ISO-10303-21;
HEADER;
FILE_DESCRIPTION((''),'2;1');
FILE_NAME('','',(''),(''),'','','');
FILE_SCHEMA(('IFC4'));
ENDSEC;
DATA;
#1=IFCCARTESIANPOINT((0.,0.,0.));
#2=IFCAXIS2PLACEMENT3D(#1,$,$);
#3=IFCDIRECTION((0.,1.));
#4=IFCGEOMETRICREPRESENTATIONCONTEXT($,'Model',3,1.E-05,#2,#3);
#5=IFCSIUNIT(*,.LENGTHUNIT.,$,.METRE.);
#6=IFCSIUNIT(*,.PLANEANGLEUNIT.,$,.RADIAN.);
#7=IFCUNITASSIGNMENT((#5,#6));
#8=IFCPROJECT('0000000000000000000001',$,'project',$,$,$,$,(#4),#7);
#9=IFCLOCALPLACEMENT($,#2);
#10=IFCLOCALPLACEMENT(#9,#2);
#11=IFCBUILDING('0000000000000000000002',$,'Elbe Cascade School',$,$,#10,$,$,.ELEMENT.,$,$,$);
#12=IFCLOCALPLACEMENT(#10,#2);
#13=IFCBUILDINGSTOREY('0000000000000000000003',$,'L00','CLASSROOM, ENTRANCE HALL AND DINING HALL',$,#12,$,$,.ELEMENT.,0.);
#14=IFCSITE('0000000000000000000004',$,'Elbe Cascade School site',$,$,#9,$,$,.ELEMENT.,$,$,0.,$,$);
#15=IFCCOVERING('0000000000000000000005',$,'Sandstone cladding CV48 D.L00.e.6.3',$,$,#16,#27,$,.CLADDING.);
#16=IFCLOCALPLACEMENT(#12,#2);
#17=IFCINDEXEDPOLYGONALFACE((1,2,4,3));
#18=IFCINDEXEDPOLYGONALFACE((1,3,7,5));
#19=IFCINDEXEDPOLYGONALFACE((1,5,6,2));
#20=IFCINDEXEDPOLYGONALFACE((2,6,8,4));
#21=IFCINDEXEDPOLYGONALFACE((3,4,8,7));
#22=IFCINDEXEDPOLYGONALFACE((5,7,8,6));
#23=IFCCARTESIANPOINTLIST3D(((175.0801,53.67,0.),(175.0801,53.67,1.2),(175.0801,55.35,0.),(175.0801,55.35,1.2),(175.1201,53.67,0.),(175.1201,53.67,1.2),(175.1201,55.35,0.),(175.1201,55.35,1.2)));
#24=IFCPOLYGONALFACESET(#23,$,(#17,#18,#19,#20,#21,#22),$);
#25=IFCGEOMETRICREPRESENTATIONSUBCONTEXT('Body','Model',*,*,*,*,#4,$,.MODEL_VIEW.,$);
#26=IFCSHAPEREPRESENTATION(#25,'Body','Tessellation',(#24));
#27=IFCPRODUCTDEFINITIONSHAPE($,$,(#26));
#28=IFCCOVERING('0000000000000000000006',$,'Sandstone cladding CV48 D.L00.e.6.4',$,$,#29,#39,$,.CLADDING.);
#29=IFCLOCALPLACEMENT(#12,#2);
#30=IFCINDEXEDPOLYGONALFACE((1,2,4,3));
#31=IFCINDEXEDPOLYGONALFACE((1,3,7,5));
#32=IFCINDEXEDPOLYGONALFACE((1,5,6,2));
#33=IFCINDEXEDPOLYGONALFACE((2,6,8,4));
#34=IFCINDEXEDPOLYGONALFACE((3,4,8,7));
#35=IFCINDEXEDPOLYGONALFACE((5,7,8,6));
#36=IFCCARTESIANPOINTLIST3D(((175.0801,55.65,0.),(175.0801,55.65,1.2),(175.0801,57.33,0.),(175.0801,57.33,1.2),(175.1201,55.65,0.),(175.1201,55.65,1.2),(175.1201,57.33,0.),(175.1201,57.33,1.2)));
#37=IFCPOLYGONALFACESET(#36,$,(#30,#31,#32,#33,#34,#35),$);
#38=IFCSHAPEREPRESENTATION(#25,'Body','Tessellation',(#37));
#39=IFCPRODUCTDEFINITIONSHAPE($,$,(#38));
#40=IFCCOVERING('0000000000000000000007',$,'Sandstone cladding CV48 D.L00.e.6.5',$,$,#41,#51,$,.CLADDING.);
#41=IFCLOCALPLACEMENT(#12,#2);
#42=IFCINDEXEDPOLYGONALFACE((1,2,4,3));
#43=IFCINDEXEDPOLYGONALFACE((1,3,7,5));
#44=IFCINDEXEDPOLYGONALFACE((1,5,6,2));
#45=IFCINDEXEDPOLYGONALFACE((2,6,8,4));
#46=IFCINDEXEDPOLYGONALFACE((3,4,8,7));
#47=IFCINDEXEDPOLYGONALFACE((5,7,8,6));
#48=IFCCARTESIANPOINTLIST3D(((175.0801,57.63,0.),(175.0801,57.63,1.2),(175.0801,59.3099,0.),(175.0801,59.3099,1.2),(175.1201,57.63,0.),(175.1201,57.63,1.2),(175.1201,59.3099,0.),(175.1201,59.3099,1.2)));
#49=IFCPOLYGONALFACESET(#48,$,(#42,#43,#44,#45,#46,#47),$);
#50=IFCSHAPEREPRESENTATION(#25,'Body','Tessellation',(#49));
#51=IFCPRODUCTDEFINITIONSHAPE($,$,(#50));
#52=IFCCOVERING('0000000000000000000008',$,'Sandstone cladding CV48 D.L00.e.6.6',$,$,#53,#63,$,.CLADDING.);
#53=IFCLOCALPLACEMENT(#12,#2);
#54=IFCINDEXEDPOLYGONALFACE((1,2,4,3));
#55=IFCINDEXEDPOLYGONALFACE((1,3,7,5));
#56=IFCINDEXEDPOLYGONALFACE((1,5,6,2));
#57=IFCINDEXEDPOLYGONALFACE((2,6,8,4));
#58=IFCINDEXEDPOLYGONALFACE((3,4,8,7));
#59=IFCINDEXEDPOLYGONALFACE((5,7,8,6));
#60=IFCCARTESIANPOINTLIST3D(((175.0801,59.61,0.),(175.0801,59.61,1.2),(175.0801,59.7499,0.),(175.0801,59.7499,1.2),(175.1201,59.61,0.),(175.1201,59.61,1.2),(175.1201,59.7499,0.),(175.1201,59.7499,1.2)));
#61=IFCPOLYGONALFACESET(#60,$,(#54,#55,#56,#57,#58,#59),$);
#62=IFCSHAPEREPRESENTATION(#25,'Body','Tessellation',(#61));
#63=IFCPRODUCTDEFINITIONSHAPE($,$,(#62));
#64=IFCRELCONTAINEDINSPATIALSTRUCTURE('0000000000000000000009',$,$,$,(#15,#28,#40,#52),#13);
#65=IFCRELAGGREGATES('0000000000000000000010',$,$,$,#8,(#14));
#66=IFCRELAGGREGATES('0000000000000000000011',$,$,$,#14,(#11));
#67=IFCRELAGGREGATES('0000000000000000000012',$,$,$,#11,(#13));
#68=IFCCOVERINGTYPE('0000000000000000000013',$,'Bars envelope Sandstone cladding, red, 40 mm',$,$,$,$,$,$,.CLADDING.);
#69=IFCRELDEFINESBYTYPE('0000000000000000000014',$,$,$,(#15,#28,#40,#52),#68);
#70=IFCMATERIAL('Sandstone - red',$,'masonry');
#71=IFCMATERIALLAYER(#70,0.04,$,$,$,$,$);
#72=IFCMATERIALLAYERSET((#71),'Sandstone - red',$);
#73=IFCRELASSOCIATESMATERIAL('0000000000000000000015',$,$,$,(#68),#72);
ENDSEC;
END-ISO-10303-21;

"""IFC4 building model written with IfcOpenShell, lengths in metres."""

from ifc_helpers import new_model, si_unit, direction, frame, origin, origin_2d, place, context, subcontext, project, spatial, rectangle, extrude, material, layer, layer_set, type_object, element, save


model = new_model("IFC4")

# Units and contexts
model_context = context("Model", 3, precision=1e-05, world=origin(), true_north=direction((0.0, 1.0)))
body_context = subcontext(model_context, "Body", "Model", "MODEL_VIEW")
ifc_project = project(units=[si_unit("LENGTHUNIT", "METRE"), si_unit("PLANEANGLEUNIT", "RADIAN")], contexts=[model_context])

# Site, building, storey
site_placement = place(None, origin())
site = spatial("IfcSite", under=ifc_project, at=site_placement, Name="Elbe Cascade School site", CompositionType="ELEMENT", RefElevation=0.0)
building_placement = place(site_placement, origin())
building = spatial("IfcBuilding", under=site, at=building_placement, Name="Elbe Cascade School", CompositionType="ELEMENT")
storey_placement = place(building_placement, origin())
storey = spatial("IfcBuildingStorey", under=building, at=storey_placement, Name="L00", Description="CLASSROOM, ENTRANCE HALL AND DINING HALL", CompositionType="ELEMENT", Elevation=0.0)

# Coverings
ifc_material_1 = material(Name="Sandstone - red", Category="masonry")
ifc_layer_1 = layer(ifc_material_1, 0.04)
ifc_layer_set_1 = layer_set([ifc_layer_1], Name="Sandstone - red")
covering_type_1 = type_object("IfcCoveringType", Name="Bars envelope Sandstone cladding, red, 40 mm", PredefinedType="CLADDING", material=ifc_layer_set_1)
for number, where, z_axis, x_axis, name in (
    (1, (175.1001, 54.51, 0.0), (0.0, 0.0, 1.0), (0.0, 1.0, 0.0), "Sandstone cladding CV48 D.L00.e.6.3"),
    (2, (175.1001, 56.49, 0.0), (0.0, 0.0, 1.0), (0.0, 1.0, 0.0), "Sandstone cladding CV48 D.L00.e.6.4"),
    (3, (175.1001, 58.47, 0.0), (0.0, 0.0, 1.0), (0.0, 1.0, 0.0), "Sandstone cladding CV48 D.L00.e.6.5"),
):
    element("IfcCovering", number, at=place(storey_placement, frame(where, z_axis=z_axis, x_axis=x_axis)), inside=storey, type_object=covering_type_1, Name=name, PredefinedType="CLADDING", context=body_context, shape_type="SweptSolid", body=[
        extrude(rectangle(XDim=1.6799, YDim=0.04, at=origin_2d()), origin(), (0.0, 0.0, 1.0), 1.2),
    ])
covering_1_placement = place(storey_placement, frame((175.1001, 59.6799, 0.0), z_axis=(0.0, 0.0, 1.0), x_axis=(0.0, 1.0, 0.0)))
element("IfcCovering", 4, at=covering_1_placement, inside=storey, type_object=covering_type_1, Name="Sandstone cladding CV48 D.L00.e.6.6", PredefinedType="CLADDING", context=body_context, shape_type="SweptSolid", body=[
    extrude(rectangle(XDim=0.1399, YDim=0.04, at=origin_2d()), origin(), (0.0, 0.0, 1.0), 1.2),
])

save(model, "model.ifc")
